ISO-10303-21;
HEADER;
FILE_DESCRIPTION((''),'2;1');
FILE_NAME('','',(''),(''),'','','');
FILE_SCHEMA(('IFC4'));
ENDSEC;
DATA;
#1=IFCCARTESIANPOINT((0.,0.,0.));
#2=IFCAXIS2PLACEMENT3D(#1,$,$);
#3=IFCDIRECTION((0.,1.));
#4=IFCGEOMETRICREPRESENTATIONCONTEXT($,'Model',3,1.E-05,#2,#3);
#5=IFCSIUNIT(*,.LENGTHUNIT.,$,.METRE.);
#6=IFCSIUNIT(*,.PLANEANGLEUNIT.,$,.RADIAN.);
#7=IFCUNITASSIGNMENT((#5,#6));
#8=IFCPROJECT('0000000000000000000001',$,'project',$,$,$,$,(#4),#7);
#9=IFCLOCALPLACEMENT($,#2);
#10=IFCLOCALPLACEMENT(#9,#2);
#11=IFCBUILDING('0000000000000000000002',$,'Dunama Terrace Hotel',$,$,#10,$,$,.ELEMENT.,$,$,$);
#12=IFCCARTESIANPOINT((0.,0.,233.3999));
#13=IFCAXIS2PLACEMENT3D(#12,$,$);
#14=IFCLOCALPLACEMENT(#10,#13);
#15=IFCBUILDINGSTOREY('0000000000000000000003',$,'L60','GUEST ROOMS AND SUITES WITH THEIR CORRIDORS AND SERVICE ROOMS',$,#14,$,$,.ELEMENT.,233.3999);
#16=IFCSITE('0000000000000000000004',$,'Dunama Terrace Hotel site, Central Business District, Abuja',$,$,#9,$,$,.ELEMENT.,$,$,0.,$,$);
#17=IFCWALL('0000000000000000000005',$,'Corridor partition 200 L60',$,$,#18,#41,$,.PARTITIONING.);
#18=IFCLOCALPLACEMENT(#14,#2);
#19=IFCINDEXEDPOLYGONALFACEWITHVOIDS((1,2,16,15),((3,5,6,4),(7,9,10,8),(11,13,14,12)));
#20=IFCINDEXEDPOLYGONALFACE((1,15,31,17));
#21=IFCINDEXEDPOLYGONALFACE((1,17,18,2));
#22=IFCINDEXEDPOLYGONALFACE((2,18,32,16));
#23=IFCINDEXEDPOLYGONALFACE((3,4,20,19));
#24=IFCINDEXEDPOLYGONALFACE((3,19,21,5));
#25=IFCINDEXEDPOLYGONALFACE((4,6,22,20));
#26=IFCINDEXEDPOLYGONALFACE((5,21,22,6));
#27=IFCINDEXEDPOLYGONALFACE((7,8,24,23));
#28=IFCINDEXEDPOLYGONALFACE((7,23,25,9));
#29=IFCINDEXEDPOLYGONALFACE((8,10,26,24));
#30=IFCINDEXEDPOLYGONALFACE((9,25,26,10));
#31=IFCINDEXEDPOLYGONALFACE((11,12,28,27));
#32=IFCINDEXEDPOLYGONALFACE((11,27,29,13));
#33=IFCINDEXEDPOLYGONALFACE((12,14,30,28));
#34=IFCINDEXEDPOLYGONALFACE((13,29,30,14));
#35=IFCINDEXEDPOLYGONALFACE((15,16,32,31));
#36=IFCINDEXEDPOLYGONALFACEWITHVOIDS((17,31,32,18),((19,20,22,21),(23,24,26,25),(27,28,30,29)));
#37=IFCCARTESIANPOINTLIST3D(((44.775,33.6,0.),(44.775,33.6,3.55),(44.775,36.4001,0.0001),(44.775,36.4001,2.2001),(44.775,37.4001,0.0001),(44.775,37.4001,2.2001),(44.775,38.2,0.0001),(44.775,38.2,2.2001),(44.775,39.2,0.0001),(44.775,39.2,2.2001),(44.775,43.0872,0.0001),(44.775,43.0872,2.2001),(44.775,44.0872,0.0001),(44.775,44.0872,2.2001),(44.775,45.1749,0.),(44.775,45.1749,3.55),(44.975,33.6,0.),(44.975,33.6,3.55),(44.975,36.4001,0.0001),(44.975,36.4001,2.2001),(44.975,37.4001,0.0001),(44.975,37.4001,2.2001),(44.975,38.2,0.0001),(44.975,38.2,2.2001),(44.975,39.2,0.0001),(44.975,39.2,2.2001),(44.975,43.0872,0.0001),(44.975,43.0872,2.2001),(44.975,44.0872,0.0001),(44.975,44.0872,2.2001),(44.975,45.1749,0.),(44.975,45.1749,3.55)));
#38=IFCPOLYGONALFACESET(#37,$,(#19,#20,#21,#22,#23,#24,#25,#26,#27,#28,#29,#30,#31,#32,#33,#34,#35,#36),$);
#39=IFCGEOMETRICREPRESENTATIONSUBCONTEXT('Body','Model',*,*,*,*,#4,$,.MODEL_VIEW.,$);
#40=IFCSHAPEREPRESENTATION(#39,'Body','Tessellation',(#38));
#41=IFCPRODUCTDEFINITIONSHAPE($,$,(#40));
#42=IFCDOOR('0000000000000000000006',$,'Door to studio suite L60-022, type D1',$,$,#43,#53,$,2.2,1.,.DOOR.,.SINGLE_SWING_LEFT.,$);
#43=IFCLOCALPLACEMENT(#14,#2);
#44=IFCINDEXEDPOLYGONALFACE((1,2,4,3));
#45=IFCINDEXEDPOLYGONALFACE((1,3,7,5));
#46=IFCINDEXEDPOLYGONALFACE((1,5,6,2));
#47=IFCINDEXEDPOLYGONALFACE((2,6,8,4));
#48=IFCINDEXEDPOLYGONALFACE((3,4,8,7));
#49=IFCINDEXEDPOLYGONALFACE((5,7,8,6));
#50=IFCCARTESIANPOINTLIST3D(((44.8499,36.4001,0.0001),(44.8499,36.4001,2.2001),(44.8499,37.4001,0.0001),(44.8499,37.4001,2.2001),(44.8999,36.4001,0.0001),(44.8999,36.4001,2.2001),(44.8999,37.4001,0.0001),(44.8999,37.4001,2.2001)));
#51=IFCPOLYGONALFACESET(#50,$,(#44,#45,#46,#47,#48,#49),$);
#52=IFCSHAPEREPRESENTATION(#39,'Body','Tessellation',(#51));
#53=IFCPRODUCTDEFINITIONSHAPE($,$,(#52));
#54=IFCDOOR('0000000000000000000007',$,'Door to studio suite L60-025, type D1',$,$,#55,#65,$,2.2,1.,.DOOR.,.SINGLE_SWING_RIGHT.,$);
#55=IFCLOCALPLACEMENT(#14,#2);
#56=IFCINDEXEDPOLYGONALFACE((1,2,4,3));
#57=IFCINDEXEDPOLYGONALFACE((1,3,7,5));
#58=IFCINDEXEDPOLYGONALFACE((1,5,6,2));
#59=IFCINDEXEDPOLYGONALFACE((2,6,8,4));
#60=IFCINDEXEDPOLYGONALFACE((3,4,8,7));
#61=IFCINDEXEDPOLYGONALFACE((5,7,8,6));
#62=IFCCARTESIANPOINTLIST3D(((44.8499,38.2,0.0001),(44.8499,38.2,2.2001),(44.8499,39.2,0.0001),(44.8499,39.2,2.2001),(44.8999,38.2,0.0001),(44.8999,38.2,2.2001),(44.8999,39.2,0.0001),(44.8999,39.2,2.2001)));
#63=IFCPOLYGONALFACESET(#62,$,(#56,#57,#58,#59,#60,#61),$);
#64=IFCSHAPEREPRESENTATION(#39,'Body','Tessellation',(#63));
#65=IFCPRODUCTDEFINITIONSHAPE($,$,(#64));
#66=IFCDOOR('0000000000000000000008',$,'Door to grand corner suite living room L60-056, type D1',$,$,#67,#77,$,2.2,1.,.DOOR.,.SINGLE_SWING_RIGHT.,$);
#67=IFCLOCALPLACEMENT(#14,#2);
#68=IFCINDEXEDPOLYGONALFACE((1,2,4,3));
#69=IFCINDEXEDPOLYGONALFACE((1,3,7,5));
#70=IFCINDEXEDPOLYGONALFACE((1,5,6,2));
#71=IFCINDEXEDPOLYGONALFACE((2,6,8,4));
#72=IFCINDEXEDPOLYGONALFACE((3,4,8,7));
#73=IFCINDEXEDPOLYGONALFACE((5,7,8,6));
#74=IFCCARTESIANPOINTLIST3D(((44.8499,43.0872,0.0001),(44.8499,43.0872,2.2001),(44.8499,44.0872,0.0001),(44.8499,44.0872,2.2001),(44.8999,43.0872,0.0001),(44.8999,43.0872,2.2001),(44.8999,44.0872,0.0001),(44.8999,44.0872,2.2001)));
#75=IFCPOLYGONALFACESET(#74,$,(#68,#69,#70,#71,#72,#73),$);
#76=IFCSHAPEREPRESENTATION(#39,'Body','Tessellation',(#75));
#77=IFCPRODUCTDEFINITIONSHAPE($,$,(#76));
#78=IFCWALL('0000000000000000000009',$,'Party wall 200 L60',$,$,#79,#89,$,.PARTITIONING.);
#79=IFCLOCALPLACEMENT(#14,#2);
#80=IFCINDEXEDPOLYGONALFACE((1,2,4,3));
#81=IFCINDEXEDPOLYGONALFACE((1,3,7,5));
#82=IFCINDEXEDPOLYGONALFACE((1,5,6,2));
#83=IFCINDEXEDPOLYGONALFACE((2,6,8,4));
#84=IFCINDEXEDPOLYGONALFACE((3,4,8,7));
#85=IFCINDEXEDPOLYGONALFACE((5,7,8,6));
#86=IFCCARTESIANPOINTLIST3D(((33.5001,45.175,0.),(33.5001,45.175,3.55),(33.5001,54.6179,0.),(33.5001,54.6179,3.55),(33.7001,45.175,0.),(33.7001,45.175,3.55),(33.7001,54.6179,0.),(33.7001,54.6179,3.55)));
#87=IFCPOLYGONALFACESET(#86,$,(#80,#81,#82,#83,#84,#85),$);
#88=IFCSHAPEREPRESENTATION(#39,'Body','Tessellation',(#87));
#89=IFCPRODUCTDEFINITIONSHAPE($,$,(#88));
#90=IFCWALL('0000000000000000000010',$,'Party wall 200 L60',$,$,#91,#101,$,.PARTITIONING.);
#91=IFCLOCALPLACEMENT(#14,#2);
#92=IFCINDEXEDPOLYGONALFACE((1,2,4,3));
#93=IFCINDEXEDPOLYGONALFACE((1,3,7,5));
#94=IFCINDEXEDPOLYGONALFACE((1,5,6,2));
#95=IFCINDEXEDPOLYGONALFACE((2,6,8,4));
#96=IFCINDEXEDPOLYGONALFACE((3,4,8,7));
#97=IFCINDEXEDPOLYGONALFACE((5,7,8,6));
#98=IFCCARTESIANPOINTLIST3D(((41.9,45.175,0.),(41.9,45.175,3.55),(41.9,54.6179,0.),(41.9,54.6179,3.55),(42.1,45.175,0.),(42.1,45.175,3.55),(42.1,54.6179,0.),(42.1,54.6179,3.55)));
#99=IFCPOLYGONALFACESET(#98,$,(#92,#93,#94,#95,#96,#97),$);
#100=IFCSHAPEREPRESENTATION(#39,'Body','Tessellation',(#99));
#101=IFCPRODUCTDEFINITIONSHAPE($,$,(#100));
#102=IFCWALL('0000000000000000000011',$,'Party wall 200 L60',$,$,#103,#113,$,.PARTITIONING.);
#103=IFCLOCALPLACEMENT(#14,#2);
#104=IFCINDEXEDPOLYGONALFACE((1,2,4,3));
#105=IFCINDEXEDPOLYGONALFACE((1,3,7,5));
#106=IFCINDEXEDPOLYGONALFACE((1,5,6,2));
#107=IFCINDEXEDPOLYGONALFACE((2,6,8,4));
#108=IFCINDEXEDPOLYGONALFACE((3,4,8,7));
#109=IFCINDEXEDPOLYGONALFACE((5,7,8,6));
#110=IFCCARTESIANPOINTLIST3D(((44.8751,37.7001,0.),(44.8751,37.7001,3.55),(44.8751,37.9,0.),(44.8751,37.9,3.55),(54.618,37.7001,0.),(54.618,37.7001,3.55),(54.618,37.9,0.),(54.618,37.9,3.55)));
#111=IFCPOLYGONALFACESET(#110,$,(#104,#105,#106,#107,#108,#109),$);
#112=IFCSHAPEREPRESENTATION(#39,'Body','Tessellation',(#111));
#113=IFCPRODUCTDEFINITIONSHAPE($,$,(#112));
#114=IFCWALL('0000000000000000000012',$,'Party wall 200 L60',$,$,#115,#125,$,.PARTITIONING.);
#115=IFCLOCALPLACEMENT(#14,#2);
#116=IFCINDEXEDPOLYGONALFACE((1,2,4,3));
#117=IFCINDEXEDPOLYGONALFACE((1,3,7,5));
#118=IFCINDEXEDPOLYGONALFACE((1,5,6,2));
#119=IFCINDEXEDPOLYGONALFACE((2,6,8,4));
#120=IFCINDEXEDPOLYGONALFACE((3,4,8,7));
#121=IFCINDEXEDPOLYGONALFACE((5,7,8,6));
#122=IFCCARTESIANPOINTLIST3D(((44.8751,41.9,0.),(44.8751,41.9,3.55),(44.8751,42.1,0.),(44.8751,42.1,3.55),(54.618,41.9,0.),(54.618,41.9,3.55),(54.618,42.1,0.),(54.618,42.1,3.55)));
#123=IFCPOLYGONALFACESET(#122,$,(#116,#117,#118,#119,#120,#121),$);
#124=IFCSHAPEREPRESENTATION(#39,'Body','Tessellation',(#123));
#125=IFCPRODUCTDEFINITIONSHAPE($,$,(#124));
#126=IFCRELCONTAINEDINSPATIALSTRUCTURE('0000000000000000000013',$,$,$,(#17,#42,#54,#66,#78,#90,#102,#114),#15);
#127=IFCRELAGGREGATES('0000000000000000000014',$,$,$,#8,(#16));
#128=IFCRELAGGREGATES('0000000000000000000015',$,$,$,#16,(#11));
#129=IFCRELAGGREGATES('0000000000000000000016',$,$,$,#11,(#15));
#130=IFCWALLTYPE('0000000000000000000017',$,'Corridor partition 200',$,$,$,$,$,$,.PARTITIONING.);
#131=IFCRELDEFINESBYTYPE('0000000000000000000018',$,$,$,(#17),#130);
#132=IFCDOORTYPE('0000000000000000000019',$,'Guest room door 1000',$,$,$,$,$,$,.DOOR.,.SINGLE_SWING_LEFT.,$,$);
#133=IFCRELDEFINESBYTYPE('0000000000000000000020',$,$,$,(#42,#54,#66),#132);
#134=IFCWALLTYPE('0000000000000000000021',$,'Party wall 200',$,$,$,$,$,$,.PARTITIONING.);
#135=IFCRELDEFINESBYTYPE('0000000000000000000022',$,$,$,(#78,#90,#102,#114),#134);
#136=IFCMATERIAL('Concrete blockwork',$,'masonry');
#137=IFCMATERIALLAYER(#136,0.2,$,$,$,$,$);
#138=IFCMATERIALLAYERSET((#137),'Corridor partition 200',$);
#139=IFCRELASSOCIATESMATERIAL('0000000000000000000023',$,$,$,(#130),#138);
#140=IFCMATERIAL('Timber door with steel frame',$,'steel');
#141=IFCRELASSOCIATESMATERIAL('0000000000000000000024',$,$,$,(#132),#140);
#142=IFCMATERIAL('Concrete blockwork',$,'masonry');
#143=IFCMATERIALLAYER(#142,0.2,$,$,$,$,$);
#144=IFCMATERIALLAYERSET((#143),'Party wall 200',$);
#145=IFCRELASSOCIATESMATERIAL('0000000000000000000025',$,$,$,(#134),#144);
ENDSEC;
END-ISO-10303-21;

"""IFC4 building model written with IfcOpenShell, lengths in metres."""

from ifc_helpers import new_model, si_unit, direction, frame, frame_2d, origin, place, context, subcontext, project, spatial, rectangle, extrude, material, layer, layer_set, type_object, element, fill, save


model = new_model("IFC4")

# Units and contexts
model_context = context("Model", 3, precision=1e-05, world=origin(), true_north=direction((0.0, 1.0)))
body_context = subcontext(model_context, "Body", "Model", "MODEL_VIEW")
ifc_project = project(units=[si_unit("LENGTHUNIT", "METRE"), si_unit("PLANEANGLEUNIT", "RADIAN")], contexts=[model_context])

# Site, building, storey
site_placement = place(None, origin())
site = spatial("IfcSite", under=ifc_project, at=site_placement, Name="Dunama Terrace Hotel site, Central Business District, Abuja", CompositionType="ELEMENT", RefElevation=0.0)
building_placement = place(site_placement, origin())
building = spatial("IfcBuilding", under=site, at=building_placement, Name="Dunama Terrace Hotel", CompositionType="ELEMENT")
storey_placement = place(building_placement, frame((0.0, 0.0, 233.3999)))
storey = spatial("IfcBuildingStorey", under=building, at=storey_placement, Name="L60", Description="GUEST ROOMS AND SUITES WITH THEIR CORRIDORS AND SERVICE ROOMS", CompositionType="ELEMENT", Elevation=233.3999)

# Wall, openings, doors
ifc_material_1 = material(Name="Concrete blockwork", Category="masonry")
ifc_layer_1 = layer(ifc_material_1, 0.2)
ifc_layer_set_1 = layer_set([ifc_layer_1], Name="Corridor partition 200")
wall_type_1 = type_object("IfcWallType", Name="Corridor partition 200", PredefinedType="PARTITIONING", material=ifc_layer_set_1)
wall_1_placement = place(storey_placement, frame((44.875, 45.175, 0.0), z_axis=(0.0, 0.0, 1.0), x_axis=(0.0, -1.0, 0.0)))
wall_1 = element("IfcWall", 1, at=wall_1_placement, inside=storey, type_object=wall_type_1, Name="Corridor partition 200 L60", PredefinedType="PARTITIONING", context=body_context, shape_type="SweptSolid", body=[
    extrude(rectangle(XDim=11.575, YDim=0.2, at=frame_2d((5.7876, 0.0))), origin(), (0.0, 0.0, 1.0), 3.55),
])
opening_1_placement = place(wall_1_placement, frame((7.7749, 0.0, 0.0)))
opening_1 = element("IfcOpeningElement", 2, at=opening_1_placement, cuts=wall_1, PredefinedType="OPENING", context=body_context, shape_type="SweptSolid", body=[
    extrude(rectangle(XDim=1.0, YDim=2.2, at=frame_2d((0.5, 1.1001))), frame((0.0, 0.1099, 0.0), z_axis=(0.0, -1.0, 0.0), x_axis=(1.0, 0.0, 0.0)), (0.0, 0.0, 1.0), 0.22),
])
opening_2_placement = place(wall_1_placement, frame((5.9751, 0.0, 0.0)))
opening_2 = element("IfcOpeningElement", 3, at=opening_2_placement, cuts=wall_1, PredefinedType="OPENING", context=body_context, shape_type="SweptSolid", body=[
    extrude(rectangle(XDim=1.0, YDim=2.2, at=frame_2d((0.5, 1.1001))), frame((0.0, 0.1099, 0.0), z_axis=(0.0, -1.0, 0.0), x_axis=(1.0, 0.0, 0.0)), (0.0, 0.0, 1.0), 0.22),
])
opening_3_placement = place(wall_1_placement, frame((1.0879, 0.0, 0.0)))
opening_3 = element("IfcOpeningElement", 4, at=opening_3_placement, cuts=wall_1, PredefinedType="OPENING", context=body_context, shape_type="SweptSolid", body=[
    extrude(rectangle(XDim=1.0, YDim=2.2, at=frame_2d((0.5, 1.1001))), frame((0.0, 0.1099, 0.0), z_axis=(0.0, -1.0, 0.0), x_axis=(1.0, 0.0, 0.0)), (0.0, 0.0, 1.0), 0.22),
])
ifc_material_2 = material(Name="Timber door with steel frame", Category="steel")
door_type_1 = type_object("IfcDoorType", Name="Guest room door 1000", OperationType="SINGLE_SWING_LEFT", PredefinedType="DOOR", material=ifc_material_2)
door_1_placement = place(opening_1_placement, origin())
door_1 = element("IfcDoor", 5, at=door_1_placement, inside=storey, type_object=door_type_1, Name="Door to studio suite L60-022, type D1", OperationType="SINGLE_SWING_LEFT", OverallHeight=2.2, OverallWidth=1.0, PredefinedType="DOOR", context=body_context, shape_type="SweptSolid", body=[
    extrude(rectangle(XDim=1.0, YDim=2.2, at=frame_2d((0.5, 1.1001))), frame((0.0, 0.0249, 0.0), z_axis=(0.0, -1.0, 0.0), x_axis=(1.0, 0.0, 0.0)), (0.0, 0.0, 1.0), 0.05),
])
fill(opening_1, door_1)
door_2_placement = place(opening_2_placement, origin())
door_2 = element("IfcDoor", 6, at=door_2_placement, inside=storey, type_object=door_type_1, Name="Door to studio suite L60-025, type D1", OperationType="SINGLE_SWING_RIGHT", OverallHeight=2.2, OverallWidth=1.0, PredefinedType="DOOR", context=body_context, shape_type="SweptSolid", body=[
    extrude(rectangle(XDim=1.0, YDim=2.2, at=frame_2d((0.5, 1.1001))), frame((0.0, 0.0249, 0.0), z_axis=(0.0, -1.0, 0.0), x_axis=(1.0, 0.0, 0.0)), (0.0, 0.0, 1.0), 0.05),
])
fill(opening_2, door_2)
door_3_placement = place(opening_3_placement, origin())
door_3 = element("IfcDoor", 7, at=door_3_placement, inside=storey, type_object=door_type_1, Name="Door to grand corner suite living room L60-056, type D1", OperationType="SINGLE_SWING_RIGHT", OverallHeight=2.2, OverallWidth=1.0, PredefinedType="DOOR", context=body_context, shape_type="SweptSolid", body=[
    extrude(rectangle(XDim=1.0, YDim=2.2, at=frame_2d((0.5, 1.1001))), frame((0.0, 0.0249, 0.0), z_axis=(0.0, -1.0, 0.0), x_axis=(1.0, 0.0, 0.0)), (0.0, 0.0, 1.0), 0.05),
])
fill(opening_3, door_3)

# Walls
ifc_material_3 = material(Name="Concrete blockwork", Category="masonry")
ifc_layer_2 = layer(ifc_material_3, 0.2)
ifc_layer_set_2 = layer_set([ifc_layer_2], Name="Party wall 200")
wall_type_2 = type_object("IfcWallType", Name="Party wall 200", PredefinedType="PARTITIONING", material=ifc_layer_set_2)
for number, where, z_axis, x_axis, name in (
    (8, (33.6001, 45.175, 0.0), (0.0, 0.0, 1.0), (0.0, 1.0, 0.0), "Party wall 200 L60"),
    (9, (42.0, 45.175, 0.0), (0.0, 0.0, 1.0), (0.0, 1.0, 0.0), "Party wall 200 L60"),
):
    element("IfcWall", number, at=place(storey_placement, frame(where, z_axis=z_axis, x_axis=x_axis)), inside=storey, type_object=wall_type_2, Name=name, PredefinedType="PARTITIONING", context=body_context, shape_type="SweptSolid", body=[
        extrude(rectangle(XDim=9.4429, YDim=0.2, at=frame_2d((4.7214, 0.0))), origin(), (0.0, 0.0, 1.0), 3.55),
    ])
for number, where, z_axis, x_axis, name in (
    (10, (44.875, 37.8, 0.0), (0.0, 0.0, 1.0), (1.0, 0.0, 0.0), "Party wall 200 L60"),
    (11, (44.875, 42.0, 0.0), (0.0, 0.0, 1.0), (1.0, 0.0, 0.0), "Party wall 200 L60"),
):
    element("IfcWall", number, at=place(storey_placement, frame(where, z_axis=z_axis, x_axis=x_axis)), inside=storey, type_object=wall_type_2, Name=name, PredefinedType="PARTITIONING", context=body_context, shape_type="SweptSolid", body=[
        extrude(rectangle(XDim=9.7429, YDim=0.2, at=frame_2d((4.8716, 0.0))), origin(), (0.0, 0.0, 1.0), 3.55),
    ])

save(model, "model.ifc")
